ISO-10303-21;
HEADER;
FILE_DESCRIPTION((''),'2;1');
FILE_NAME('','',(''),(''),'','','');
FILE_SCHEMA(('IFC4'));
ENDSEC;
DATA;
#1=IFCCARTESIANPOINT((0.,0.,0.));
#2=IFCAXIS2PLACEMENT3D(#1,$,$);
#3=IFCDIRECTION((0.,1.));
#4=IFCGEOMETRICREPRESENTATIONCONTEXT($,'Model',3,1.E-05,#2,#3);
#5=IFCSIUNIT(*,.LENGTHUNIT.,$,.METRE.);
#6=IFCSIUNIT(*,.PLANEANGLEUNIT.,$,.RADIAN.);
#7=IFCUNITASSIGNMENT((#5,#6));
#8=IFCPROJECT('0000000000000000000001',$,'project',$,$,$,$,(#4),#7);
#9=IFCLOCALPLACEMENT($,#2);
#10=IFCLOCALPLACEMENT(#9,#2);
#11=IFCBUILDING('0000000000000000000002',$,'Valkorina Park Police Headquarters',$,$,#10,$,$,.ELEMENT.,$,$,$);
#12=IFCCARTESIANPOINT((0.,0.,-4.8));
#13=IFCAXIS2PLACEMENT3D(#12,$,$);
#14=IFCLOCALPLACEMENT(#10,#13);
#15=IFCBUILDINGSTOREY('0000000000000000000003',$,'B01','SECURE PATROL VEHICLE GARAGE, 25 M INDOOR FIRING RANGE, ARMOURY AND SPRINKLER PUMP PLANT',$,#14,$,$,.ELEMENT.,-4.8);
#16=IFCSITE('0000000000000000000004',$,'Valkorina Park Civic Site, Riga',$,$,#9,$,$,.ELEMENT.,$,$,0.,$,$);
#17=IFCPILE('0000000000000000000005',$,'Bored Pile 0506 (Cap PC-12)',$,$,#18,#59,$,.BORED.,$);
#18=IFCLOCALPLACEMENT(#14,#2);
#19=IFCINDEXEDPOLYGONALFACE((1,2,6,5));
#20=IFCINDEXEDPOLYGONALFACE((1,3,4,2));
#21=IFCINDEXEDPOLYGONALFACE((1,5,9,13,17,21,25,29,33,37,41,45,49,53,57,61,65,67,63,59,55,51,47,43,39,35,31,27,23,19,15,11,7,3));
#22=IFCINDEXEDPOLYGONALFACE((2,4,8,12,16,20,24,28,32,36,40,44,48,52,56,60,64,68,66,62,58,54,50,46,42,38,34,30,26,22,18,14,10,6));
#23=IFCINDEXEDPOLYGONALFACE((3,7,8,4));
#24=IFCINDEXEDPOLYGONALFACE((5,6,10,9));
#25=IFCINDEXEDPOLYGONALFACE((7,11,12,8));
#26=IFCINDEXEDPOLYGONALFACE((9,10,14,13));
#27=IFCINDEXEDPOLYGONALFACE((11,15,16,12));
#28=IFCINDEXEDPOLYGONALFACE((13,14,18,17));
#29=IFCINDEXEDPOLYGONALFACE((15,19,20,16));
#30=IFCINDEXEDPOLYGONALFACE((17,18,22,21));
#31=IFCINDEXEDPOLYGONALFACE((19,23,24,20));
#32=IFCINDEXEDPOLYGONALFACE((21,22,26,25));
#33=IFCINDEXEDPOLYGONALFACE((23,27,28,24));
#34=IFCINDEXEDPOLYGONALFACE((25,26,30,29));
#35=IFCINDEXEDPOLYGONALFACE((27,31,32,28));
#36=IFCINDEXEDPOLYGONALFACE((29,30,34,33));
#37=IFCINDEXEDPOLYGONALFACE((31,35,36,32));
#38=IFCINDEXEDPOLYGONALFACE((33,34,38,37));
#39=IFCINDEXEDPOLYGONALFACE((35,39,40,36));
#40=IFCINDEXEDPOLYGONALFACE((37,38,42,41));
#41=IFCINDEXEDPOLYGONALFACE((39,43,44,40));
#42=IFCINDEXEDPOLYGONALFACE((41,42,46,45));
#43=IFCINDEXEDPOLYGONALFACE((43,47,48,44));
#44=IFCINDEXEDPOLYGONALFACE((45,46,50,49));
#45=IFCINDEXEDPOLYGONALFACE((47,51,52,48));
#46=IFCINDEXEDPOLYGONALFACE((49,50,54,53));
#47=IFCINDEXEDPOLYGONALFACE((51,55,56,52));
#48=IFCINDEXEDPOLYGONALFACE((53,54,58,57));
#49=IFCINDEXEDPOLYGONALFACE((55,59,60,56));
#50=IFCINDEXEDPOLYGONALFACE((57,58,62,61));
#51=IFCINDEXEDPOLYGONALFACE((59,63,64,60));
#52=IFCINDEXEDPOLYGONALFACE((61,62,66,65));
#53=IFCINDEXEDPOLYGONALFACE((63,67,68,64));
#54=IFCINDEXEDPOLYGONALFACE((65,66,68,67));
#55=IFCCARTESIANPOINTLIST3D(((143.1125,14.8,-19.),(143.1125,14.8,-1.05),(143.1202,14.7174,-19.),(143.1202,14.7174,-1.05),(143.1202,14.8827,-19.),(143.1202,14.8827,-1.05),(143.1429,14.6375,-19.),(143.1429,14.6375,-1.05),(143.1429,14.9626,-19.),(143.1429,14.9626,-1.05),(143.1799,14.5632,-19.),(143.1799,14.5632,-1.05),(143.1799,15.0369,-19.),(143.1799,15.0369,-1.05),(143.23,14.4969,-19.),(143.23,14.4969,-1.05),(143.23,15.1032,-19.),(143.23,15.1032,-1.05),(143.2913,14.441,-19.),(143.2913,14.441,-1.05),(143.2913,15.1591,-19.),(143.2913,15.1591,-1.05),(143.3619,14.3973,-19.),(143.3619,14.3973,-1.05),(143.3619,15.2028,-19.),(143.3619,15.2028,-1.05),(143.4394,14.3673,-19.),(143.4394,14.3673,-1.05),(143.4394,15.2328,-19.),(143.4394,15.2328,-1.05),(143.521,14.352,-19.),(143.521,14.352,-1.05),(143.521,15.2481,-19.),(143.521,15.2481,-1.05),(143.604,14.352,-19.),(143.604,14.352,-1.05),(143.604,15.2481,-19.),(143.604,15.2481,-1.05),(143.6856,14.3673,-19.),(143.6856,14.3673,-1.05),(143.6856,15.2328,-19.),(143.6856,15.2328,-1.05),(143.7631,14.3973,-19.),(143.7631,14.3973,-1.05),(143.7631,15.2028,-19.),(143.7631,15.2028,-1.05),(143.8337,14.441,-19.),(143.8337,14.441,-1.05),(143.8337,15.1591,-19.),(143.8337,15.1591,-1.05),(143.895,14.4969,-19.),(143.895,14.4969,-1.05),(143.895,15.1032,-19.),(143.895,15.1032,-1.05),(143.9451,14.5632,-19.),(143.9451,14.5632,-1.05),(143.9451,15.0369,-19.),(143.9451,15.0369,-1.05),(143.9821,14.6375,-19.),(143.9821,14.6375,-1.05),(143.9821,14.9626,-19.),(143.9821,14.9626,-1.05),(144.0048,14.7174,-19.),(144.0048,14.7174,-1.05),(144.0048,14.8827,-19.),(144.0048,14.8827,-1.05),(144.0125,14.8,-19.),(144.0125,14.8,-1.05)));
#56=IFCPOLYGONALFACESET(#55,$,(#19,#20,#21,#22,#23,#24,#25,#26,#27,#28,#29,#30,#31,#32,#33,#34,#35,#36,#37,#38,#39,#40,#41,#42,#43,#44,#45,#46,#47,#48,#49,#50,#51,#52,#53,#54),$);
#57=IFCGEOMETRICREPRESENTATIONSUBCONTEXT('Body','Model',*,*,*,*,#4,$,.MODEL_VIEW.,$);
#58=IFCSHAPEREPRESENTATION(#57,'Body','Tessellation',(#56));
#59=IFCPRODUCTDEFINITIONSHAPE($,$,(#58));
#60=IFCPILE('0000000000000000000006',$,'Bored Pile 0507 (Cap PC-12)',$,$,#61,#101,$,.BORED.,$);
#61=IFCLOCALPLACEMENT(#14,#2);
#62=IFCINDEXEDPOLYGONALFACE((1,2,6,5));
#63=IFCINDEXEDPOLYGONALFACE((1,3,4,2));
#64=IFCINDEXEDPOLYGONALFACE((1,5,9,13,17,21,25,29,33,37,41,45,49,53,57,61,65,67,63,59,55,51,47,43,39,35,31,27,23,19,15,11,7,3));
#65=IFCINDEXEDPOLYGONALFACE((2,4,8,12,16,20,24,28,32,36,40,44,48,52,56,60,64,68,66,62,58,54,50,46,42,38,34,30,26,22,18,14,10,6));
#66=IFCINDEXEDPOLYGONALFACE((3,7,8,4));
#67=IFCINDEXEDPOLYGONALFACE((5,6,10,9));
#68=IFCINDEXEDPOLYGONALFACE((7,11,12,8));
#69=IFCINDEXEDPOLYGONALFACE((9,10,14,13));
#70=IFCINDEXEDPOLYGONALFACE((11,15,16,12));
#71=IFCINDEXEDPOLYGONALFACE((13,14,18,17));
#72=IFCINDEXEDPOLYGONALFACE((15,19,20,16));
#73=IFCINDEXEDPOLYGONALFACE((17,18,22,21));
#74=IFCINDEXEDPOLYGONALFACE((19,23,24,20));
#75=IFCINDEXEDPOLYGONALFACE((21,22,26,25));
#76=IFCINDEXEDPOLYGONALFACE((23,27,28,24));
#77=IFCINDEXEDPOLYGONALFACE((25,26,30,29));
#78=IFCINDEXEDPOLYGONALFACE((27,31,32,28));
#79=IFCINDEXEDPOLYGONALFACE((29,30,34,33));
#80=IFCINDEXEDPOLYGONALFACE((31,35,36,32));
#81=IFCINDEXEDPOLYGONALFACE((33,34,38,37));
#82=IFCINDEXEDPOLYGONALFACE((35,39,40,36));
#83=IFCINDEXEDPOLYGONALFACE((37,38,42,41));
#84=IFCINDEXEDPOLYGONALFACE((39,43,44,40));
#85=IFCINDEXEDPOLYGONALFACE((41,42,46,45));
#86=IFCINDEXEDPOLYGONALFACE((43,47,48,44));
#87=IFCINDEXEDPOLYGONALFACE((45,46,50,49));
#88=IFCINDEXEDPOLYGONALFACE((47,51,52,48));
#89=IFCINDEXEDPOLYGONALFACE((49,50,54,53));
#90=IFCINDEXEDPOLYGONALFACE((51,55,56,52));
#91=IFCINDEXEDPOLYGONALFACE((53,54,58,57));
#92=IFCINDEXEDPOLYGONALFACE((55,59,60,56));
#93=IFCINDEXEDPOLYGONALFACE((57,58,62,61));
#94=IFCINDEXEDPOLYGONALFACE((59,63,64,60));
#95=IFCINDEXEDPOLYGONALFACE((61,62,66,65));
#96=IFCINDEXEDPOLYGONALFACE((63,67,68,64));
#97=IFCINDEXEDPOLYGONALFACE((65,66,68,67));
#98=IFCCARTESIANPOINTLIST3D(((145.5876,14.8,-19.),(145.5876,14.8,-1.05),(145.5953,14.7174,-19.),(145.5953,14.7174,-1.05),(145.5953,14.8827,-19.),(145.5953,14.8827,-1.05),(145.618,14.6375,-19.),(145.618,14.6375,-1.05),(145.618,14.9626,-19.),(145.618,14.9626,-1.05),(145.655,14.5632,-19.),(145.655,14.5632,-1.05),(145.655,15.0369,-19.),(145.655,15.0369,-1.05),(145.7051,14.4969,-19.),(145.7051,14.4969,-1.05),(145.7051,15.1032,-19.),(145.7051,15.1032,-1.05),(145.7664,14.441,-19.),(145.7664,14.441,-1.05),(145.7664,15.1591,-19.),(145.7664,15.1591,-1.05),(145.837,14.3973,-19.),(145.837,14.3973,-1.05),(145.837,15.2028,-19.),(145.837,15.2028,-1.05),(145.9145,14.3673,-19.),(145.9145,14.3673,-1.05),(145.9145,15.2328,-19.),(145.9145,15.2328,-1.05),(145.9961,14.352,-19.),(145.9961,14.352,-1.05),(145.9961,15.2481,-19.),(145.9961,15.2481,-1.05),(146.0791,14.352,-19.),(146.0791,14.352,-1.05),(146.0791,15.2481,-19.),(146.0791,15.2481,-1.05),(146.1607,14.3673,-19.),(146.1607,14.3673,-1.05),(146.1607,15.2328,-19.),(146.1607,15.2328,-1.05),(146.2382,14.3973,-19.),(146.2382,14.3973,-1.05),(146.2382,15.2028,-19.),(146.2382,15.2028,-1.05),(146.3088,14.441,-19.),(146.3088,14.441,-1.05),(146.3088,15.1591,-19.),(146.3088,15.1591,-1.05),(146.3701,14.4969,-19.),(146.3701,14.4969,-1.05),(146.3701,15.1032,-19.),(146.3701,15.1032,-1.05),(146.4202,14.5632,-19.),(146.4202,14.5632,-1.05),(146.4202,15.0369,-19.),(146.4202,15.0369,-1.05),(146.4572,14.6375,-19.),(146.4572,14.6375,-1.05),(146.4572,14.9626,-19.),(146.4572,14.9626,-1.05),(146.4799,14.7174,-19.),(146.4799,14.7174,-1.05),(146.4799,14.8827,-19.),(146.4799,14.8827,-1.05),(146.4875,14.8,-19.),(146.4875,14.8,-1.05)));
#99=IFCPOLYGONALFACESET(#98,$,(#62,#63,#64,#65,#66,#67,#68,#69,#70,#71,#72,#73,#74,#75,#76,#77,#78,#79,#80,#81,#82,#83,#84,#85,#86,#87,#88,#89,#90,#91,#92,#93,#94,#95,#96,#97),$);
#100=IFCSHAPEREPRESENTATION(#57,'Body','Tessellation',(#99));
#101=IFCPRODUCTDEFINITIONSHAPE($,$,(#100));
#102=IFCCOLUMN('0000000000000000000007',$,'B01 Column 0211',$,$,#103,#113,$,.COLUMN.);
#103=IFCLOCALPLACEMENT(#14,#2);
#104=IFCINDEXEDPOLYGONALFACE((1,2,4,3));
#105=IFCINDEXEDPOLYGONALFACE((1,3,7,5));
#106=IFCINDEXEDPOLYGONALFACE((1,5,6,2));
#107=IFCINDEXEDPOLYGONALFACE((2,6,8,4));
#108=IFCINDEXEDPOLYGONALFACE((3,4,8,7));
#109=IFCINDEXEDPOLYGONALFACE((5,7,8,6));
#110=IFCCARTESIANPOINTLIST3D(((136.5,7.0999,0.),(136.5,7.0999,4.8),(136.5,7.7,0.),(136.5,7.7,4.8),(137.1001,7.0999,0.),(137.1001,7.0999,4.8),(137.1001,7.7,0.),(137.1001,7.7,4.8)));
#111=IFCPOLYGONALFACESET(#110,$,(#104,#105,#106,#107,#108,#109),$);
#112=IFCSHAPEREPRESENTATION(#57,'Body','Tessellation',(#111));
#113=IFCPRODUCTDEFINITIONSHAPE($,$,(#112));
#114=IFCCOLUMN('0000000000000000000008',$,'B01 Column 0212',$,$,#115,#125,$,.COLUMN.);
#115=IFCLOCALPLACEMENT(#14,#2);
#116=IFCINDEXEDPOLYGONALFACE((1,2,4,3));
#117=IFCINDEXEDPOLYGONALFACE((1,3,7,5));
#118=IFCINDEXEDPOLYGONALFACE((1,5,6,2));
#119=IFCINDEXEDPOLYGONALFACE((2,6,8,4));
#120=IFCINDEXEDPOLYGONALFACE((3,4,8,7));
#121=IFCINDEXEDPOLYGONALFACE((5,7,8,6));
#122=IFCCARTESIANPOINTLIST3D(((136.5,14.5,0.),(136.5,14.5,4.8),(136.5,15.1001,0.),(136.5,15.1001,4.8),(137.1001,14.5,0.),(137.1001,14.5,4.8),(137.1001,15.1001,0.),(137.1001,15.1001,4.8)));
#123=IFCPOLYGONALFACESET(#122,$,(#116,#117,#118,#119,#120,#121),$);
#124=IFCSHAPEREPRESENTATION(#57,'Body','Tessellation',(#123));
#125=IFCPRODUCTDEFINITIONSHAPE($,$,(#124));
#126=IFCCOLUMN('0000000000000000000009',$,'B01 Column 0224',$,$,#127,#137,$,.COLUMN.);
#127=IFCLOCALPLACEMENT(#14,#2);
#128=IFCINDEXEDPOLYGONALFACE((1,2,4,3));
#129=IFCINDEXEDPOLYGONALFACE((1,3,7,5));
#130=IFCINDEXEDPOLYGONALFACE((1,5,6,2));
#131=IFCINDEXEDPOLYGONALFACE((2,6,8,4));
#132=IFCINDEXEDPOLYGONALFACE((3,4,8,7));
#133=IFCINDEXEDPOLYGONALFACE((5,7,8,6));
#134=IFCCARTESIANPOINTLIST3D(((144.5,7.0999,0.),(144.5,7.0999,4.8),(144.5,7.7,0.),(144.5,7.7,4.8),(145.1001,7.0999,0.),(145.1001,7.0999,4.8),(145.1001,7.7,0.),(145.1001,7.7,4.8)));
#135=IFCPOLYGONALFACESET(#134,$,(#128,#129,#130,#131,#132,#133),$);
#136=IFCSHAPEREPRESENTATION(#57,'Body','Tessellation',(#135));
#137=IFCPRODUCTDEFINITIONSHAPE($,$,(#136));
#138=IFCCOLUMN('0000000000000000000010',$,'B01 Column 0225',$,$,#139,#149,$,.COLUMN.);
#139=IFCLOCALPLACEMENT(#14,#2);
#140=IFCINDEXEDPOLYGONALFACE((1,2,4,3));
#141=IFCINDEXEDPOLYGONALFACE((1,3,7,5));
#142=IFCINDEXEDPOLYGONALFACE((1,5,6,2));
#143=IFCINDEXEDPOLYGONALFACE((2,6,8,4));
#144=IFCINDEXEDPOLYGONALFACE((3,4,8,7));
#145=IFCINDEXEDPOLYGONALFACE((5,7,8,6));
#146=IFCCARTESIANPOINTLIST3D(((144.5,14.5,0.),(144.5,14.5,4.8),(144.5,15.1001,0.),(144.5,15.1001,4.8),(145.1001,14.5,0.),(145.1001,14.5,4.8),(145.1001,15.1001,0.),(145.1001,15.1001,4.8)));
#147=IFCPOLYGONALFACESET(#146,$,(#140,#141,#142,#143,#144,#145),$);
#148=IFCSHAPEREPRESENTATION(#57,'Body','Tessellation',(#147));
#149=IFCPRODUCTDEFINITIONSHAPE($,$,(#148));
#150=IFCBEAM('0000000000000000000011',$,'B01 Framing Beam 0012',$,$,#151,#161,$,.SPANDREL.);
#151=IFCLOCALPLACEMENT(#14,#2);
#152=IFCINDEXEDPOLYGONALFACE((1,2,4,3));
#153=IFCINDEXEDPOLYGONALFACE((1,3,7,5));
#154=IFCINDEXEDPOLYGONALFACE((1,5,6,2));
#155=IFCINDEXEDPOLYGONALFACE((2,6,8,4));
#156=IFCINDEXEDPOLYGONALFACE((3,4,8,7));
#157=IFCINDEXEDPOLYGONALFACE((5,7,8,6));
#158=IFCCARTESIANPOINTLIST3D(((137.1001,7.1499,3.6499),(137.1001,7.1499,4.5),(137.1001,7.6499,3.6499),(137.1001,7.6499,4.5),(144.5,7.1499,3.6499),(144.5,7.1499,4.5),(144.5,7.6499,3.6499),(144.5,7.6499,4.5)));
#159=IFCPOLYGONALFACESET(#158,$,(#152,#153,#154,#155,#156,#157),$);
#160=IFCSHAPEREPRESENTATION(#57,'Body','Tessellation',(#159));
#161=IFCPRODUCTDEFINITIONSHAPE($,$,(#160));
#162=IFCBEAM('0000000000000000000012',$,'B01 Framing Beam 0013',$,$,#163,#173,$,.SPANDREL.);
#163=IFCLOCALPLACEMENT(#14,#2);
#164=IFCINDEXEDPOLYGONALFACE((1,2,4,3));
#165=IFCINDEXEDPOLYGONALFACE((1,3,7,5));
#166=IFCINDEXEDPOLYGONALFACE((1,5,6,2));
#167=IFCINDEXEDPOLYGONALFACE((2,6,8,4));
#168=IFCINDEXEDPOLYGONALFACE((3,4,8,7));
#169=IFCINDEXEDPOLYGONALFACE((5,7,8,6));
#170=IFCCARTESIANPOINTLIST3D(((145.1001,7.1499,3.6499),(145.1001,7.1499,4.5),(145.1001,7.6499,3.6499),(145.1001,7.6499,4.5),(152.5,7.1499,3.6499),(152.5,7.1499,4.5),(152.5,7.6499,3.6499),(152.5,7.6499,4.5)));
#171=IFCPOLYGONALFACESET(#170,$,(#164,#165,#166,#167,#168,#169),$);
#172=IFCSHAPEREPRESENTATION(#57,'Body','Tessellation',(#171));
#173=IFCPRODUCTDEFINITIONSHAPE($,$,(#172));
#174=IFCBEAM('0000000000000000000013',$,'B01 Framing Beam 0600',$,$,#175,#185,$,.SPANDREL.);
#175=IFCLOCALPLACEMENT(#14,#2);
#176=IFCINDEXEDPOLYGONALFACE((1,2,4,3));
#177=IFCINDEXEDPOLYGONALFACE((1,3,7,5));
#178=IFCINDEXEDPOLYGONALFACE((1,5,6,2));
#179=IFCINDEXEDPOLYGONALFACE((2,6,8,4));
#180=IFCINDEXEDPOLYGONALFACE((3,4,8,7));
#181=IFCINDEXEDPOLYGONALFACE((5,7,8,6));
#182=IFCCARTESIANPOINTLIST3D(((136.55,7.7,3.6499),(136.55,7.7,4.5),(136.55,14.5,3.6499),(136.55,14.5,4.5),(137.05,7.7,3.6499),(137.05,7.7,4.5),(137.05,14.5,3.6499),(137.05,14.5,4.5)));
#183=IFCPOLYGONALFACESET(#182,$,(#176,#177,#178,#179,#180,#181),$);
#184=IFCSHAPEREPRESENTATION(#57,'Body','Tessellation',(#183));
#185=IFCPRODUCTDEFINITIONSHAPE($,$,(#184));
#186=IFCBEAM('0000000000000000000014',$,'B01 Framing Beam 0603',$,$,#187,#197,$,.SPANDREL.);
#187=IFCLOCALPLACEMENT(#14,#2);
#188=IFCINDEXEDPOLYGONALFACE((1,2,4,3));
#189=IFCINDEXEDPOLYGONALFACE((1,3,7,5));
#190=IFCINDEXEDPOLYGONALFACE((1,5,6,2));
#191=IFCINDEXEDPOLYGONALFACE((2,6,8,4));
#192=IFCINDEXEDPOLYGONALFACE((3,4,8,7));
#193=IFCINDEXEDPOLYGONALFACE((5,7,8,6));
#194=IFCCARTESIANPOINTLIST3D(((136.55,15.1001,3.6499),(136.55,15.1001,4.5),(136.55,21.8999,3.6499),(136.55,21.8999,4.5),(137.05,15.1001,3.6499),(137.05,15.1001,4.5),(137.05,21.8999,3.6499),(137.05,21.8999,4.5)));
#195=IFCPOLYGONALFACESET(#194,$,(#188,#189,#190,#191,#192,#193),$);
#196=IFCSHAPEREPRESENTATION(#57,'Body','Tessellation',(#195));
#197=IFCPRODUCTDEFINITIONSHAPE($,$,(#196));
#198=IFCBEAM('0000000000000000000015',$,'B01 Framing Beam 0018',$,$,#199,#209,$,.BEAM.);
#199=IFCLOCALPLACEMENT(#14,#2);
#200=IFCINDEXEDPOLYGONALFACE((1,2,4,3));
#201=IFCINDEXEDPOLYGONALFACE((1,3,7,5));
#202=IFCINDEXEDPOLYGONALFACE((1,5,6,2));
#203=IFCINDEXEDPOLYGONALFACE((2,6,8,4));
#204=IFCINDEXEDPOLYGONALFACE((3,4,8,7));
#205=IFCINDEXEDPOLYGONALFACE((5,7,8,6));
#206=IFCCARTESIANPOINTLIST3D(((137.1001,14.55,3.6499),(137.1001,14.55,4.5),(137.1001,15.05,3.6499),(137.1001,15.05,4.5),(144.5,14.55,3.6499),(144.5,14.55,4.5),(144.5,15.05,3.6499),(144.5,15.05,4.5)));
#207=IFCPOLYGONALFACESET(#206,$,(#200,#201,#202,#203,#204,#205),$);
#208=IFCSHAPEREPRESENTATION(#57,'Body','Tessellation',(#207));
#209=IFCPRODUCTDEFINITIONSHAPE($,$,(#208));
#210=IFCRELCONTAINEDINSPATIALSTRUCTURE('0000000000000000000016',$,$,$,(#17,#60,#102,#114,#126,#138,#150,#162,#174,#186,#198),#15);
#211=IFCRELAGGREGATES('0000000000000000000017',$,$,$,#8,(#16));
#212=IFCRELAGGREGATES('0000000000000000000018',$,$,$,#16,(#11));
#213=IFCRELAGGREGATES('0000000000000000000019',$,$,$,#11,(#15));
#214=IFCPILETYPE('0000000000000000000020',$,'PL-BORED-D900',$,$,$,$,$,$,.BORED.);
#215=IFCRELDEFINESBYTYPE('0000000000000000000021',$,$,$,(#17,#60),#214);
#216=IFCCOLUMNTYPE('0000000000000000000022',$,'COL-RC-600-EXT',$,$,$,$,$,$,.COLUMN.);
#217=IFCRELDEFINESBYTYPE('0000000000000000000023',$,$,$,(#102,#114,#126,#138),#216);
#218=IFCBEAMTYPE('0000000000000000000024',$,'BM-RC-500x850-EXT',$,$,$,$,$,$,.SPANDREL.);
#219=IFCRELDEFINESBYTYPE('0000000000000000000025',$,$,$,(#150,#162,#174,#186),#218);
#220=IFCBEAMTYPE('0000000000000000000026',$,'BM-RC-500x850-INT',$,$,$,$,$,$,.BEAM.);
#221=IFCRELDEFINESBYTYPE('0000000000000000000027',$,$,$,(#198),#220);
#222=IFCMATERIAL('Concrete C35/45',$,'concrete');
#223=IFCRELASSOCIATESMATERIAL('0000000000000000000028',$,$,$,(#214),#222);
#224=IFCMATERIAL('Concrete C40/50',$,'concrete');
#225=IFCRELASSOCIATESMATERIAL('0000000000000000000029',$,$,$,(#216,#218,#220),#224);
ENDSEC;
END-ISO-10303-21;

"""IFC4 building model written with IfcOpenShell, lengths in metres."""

from ifc_helpers import new_model, si_unit, direction, frame, origin, origin_2d, place, context, subcontext, project, spatial, rectangle, circle, extrude, material, material_profile, profile_set, type_object, element, save


model = new_model("IFC4")

# Units and contexts
model_context = context("Model", 3, precision=1e-05, world=origin(), true_north=direction((0.0, 1.0)))
body_context = subcontext(model_context, "Body", "Model", "MODEL_VIEW")
ifc_project = project(units=[si_unit("LENGTHUNIT", "METRE"), si_unit("PLANEANGLEUNIT", "RADIAN")], contexts=[model_context])

# Site, building, storey
site_placement = place(None, origin())
site = spatial("IfcSite", under=ifc_project, at=site_placement, Name="Valkorina Park Civic Site, Riga", CompositionType="ELEMENT", RefElevation=0.0)
building_placement = place(site_placement, origin())
building = spatial("IfcBuilding", under=site, at=building_placement, Name="Valkorina Park Police Headquarters", CompositionType="ELEMENT")
storey_placement = place(building_placement, frame((0.0, 0.0, -4.8)))
storey = spatial("IfcBuildingStorey", under=building, at=storey_placement, Name="B01", Description="SECURE PATROL VEHICLE GARAGE, 25 M INDOOR FIRING RANGE, ARMOURY AND SPRINKLER PUMP PLANT", CompositionType="ELEMENT", Elevation=-4.8)

# Shared definitions
ifc_material_1 = material(Name="Concrete C40/50", Category="concrete")

# Piles
ifc_material_2 = material(Name="Concrete C35/45", Category="concrete")
ifc_material_profile_1 = material_profile(ifc_material_2, circle(Radius=0.45, at=origin_2d()), Name="BORED PILE D900")
ifc_profile_set_1 = profile_set([ifc_material_profile_1], Name="Concrete C35/45")
pile_type_1 = type_object("IfcPileType", Name="PL-BORED-D900", PredefinedType="BORED", material=ifc_profile_set_1)
for number, where, z_axis, x_axis, name in (
    (1, (143.5625, 14.8, -1.05), (0.0, 0.0, -1.0), (1.0, 0.0, 0.0), "Bored Pile 0506 (Cap PC-12)"),
    (2, (146.0376, 14.8, -1.05), (0.0, 0.0, -1.0), (1.0, 0.0, 0.0), "Bored Pile 0507 (Cap PC-12)"),
):
    element("IfcPile", number, at=place(storey_placement, frame(where, z_axis=z_axis, x_axis=x_axis)), inside=storey, type_object=pile_type_1, Name=name, PredefinedType="BORED", context=body_context, shape_type="SweptSolid", body=[
        extrude(circle(Radius=0.45, at=origin_2d()), origin(), (0.0, 0.0, 1.0), 17.95),
    ])

# Columns
ifc_material_profile_2 = material_profile(ifc_material_1, rectangle(XDim=0.6001, YDim=0.6001, at=origin_2d()), Name="RC COL 600x600")
ifc_profile_set_2 = profile_set([ifc_material_profile_2], Name="Concrete C40/50")
column_type = type_object("IfcColumnType", Name="COL-RC-600-EXT", PredefinedType="COLUMN", material=ifc_profile_set_2)
for number, where, z_axis, x_axis, name in (
    (3, (136.8, 7.3999, 0.0), (0.0, 0.0, 1.0), (1.0, 0.0, 0.0), "B01 Column 0211"),
    (4, (136.8, 14.8, 0.0), (0.0, 0.0, 1.0), (1.0, 0.0, 0.0), "B01 Column 0212"),
    (5, (144.8, 7.3999, 0.0), (0.0, 0.0, 1.0), (1.0, 0.0, 0.0), "B01 Column 0224"),
    (6, (144.8, 14.8, 0.0), (0.0, 0.0, 1.0), (1.0, 0.0, 0.0), "B01 Column 0225"),
):
    element("IfcColumn", number, at=place(storey_placement, frame(where, z_axis=z_axis, x_axis=x_axis)), inside=storey, type_object=column_type, Name=name, PredefinedType="COLUMN", context=body_context, shape_type="SweptSolid", body=[
        extrude(rectangle(XDim=0.6001, YDim=0.6001, at=origin_2d()), origin(), (0.0, 0.0, 1.0), 4.8),
    ])

# Beams
ifc_material_profile_3 = material_profile(ifc_material_1, rectangle(XDim=0.5, YDim=0.8501, at=origin_2d()), Name="RC BEAM 500x850")
ifc_profile_set_3 = profile_set([ifc_material_profile_3], Name="Concrete C40/50")
beam_type_1 = type_object("IfcBeamType", Name="BM-RC-500x850-EXT", PredefinedType="SPANDREL", material=ifc_profile_set_3)
for number, where, z_axis, x_axis, name in (
    (7, (137.1001, 7.3999, 4.075), (1.0, 0.0, 0.0), (0.0, 1.0, 0.0), "B01 Framing Beam 0012"),
    (8, (145.1001, 7.3999, 4.075), (1.0, 0.0, 0.0), (0.0, 1.0, 0.0), "B01 Framing Beam 0013"),
):
    element("IfcBeam", number, at=place(storey_placement, frame(where, z_axis=z_axis, x_axis=x_axis)), inside=storey, type_object=beam_type_1, Name=name, PredefinedType="SPANDREL", context=body_context, shape_type="SweptSolid", body=[
        extrude(rectangle(XDim=0.5, YDim=0.8501, at=origin_2d()), origin(), (0.0, 0.0, 1.0), 7.3999),
    ])
beam_1_placement = place(storey_placement, frame((136.8, 7.7, 4.075), z_axis=(0.0, 1.0, 0.0), x_axis=(-1.0, 0.0, 0.0)))
element("IfcBeam", 9, at=beam_1_placement, inside=storey, type_object=beam_type_1, Name="B01 Framing Beam 0600", PredefinedType="SPANDREL", context=body_context, shape_type="SweptSolid", body=[
    extrude(rectangle(XDim=0.5, YDim=0.8501, at=origin_2d()), origin(), (0.0, 0.0, 1.0), 6.8),
])
beam_2_placement = place(storey_placement, frame((136.8, 15.1001, 4.075), z_axis=(0.0, 1.0, 0.0), x_axis=(-1.0, 0.0, 0.0)))
element("IfcBeam", 10, at=beam_2_placement, inside=storey, type_object=beam_type_1, Name="B01 Framing Beam 0603", PredefinedType="SPANDREL", context=body_context, shape_type="SweptSolid", body=[
    extrude(rectangle(XDim=0.5, YDim=0.8501, at=origin_2d()), origin(), (0.0, 0.0, 1.0), 6.7998),
])
ifc_material_profile_4 = material_profile(ifc_material_1, rectangle(XDim=0.5, YDim=0.8501, at=origin_2d()), Name="RC BEAM 500x850")
ifc_profile_set_4 = profile_set([ifc_material_profile_4], Name="Concrete C40/50")
beam_type_2 = type_object("IfcBeamType", Name="BM-RC-500x850-INT", PredefinedType="BEAM", material=ifc_profile_set_4)
for number, where, z_axis, x_axis, name in (
    (11, (137.1001, 14.8, 4.075), (1.0, 0.0, 0.0), (0.0, 1.0, 0.0), "B01 Framing Beam 0018"),
):
    element("IfcBeam", number, at=place(storey_placement, frame(where, z_axis=z_axis, x_axis=x_axis)), inside=storey, type_object=beam_type_2, Name=name, PredefinedType="BEAM", context=body_context, shape_type="SweptSolid", body=[
        extrude(rectangle(XDim=0.5, YDim=0.8501, at=origin_2d()), origin(), (0.0, 0.0, 1.0), 7.3999),
    ])

save(model, "model.ifc")
